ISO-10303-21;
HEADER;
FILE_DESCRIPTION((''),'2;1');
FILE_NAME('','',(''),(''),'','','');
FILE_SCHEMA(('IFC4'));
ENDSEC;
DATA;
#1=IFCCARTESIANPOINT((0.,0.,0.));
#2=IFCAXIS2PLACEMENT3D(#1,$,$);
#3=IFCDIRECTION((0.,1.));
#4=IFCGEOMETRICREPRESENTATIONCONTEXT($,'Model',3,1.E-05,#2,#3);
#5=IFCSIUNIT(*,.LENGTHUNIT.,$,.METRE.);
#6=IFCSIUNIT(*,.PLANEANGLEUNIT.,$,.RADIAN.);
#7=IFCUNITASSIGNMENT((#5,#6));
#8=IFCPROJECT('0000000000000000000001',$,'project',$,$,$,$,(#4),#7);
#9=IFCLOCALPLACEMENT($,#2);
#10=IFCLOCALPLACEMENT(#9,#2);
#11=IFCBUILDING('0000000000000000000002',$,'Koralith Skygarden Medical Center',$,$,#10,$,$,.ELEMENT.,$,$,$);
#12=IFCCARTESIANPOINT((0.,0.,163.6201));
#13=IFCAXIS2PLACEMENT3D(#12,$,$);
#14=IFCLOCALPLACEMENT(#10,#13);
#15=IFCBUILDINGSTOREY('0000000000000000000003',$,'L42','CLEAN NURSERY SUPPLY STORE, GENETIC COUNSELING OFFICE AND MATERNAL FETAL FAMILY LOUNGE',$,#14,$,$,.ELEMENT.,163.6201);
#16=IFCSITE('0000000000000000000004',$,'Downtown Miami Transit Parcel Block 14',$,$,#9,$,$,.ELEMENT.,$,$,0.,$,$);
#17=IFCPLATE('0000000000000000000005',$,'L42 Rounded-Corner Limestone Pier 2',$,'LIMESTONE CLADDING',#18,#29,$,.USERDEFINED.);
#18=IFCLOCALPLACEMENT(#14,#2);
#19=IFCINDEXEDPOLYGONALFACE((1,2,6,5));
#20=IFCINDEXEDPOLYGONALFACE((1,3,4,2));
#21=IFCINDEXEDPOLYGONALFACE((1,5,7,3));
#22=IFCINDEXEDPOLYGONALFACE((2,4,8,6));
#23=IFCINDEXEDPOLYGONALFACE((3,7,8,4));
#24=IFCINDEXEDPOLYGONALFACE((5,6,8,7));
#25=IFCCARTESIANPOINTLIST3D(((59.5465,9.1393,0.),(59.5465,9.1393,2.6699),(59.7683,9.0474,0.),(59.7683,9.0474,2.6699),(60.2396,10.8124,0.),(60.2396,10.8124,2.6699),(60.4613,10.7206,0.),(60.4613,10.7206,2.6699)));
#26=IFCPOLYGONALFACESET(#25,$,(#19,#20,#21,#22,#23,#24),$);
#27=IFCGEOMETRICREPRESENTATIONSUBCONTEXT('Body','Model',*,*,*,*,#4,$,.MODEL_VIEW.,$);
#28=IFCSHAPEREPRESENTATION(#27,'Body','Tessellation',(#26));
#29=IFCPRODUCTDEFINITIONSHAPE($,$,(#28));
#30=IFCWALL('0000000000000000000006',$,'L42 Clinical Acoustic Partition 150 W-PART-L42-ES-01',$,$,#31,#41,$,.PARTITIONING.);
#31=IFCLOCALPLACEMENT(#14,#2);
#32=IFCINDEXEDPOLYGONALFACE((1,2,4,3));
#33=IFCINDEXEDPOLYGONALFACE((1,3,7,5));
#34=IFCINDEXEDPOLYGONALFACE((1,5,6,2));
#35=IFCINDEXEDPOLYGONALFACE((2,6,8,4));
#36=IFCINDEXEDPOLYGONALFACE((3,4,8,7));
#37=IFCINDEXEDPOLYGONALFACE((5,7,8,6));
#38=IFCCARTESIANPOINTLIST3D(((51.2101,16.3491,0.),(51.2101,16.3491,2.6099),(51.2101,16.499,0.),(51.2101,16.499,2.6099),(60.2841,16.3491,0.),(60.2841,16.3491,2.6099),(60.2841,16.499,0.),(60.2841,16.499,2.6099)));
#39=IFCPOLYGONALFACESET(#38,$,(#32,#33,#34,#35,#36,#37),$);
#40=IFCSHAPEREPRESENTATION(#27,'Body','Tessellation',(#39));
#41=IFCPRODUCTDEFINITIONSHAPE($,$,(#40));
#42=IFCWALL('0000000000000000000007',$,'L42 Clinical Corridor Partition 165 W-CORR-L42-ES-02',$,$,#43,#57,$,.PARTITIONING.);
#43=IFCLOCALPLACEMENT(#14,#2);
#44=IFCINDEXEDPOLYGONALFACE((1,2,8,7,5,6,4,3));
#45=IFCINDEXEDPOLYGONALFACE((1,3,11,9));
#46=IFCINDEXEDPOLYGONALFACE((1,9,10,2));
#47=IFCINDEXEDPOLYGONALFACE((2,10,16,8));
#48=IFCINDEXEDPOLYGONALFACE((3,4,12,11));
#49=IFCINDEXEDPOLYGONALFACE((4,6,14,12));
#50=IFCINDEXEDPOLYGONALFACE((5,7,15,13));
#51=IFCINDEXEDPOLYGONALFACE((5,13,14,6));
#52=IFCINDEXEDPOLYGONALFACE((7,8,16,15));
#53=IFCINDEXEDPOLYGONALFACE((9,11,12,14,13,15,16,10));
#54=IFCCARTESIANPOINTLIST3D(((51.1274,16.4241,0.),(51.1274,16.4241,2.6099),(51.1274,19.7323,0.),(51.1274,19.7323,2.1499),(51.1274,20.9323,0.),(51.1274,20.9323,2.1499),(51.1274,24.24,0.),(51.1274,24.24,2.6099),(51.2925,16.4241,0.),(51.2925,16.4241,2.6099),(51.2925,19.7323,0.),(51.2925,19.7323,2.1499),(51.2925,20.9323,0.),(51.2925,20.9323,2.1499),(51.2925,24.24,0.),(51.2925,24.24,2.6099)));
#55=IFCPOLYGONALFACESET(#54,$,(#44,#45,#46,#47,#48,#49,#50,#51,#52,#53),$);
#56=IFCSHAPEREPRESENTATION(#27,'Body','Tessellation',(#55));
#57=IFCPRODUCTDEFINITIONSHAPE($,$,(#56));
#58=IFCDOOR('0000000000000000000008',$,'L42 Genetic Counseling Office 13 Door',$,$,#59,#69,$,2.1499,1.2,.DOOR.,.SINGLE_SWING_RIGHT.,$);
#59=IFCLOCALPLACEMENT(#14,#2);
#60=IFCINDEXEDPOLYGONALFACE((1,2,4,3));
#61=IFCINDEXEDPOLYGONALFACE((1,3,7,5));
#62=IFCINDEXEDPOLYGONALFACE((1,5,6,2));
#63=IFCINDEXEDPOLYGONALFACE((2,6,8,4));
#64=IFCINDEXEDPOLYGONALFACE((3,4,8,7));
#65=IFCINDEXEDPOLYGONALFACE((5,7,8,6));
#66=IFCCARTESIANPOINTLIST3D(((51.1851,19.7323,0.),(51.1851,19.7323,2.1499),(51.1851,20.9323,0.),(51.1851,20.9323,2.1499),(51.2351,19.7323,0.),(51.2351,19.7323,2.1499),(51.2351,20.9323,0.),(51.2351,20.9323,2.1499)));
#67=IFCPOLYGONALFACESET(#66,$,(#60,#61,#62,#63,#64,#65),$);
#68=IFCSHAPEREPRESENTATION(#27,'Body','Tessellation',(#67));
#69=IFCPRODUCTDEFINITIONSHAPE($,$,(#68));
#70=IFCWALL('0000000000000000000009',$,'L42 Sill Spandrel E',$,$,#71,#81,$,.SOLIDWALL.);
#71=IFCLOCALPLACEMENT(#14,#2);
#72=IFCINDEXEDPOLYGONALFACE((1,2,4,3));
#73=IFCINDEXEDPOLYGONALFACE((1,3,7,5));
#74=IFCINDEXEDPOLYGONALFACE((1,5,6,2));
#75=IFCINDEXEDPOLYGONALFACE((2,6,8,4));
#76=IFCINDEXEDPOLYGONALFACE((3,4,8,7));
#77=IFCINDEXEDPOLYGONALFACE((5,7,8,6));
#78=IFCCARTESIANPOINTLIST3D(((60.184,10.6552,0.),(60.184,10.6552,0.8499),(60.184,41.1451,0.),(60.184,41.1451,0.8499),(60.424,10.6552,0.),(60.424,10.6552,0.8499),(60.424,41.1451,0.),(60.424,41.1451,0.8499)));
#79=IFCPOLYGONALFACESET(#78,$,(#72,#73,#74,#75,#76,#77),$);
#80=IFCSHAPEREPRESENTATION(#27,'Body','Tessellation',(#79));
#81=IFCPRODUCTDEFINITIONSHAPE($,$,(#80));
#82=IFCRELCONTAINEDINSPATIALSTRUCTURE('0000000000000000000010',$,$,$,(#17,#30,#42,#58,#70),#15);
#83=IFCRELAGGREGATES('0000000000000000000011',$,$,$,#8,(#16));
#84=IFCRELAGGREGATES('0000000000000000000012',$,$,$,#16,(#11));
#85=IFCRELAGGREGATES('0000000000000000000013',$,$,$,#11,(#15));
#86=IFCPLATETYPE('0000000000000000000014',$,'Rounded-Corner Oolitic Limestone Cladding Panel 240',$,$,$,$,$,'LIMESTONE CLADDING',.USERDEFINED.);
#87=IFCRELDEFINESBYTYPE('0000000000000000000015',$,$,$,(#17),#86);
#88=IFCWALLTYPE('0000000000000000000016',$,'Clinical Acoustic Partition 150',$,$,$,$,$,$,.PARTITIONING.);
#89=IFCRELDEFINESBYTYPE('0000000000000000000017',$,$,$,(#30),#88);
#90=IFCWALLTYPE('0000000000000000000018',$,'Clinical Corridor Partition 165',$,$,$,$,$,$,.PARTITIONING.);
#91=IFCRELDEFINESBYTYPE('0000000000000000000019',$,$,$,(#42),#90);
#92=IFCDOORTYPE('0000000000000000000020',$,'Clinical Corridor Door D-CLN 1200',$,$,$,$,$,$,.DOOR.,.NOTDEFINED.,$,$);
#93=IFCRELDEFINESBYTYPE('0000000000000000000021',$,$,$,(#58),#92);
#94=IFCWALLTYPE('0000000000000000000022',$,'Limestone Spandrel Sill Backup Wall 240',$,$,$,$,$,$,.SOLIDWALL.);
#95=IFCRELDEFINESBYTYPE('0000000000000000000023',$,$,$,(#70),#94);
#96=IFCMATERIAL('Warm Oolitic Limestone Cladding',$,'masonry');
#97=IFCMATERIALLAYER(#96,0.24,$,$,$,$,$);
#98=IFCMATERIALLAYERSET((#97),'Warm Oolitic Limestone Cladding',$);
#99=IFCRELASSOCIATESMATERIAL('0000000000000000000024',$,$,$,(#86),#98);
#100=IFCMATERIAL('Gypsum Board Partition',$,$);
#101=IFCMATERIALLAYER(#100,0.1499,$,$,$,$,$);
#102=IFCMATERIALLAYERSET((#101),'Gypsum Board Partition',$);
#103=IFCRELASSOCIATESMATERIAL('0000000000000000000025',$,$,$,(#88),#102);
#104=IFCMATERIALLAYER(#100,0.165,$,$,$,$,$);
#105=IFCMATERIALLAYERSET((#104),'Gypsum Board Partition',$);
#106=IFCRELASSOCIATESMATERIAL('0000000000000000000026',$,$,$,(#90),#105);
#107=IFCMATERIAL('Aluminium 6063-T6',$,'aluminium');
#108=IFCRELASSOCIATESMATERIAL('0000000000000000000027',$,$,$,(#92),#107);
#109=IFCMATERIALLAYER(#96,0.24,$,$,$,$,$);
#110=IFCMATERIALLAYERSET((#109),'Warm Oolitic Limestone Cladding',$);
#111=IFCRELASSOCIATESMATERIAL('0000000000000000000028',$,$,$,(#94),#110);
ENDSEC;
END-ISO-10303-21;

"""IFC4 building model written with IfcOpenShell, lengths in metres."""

from ifc_helpers import new_model, si_unit, direction, frame, frame_2d, origin, origin_2d, place, context, subcontext, project, spatial, rectangle, extrude, material, layer, layer_set, type_object, element, fill, save


model = new_model("IFC4")

# Units and contexts
model_context = context("Model", 3, precision=1e-05, world=origin(), true_north=direction((0.0, 1.0)))
body_context = subcontext(model_context, "Body", "Model", "MODEL_VIEW")
ifc_project = project(units=[si_unit("LENGTHUNIT", "METRE"), si_unit("PLANEANGLEUNIT", "RADIAN")], contexts=[model_context])

# Site, building, storey
site_placement = place(None, origin())
site = spatial("IfcSite", under=ifc_project, at=site_placement, Name="Downtown Miami Transit Parcel Block 14", CompositionType="ELEMENT", RefElevation=0.0)
building_placement = place(site_placement, origin())
building = spatial("IfcBuilding", under=site, at=building_placement, Name="Koralith Skygarden Medical Center", CompositionType="ELEMENT")
storey_placement = place(building_placement, frame((0.0, 0.0, 163.6201)))
storey = spatial("IfcBuildingStorey", under=building, at=storey_placement, Name="L42", Description="CLEAN NURSERY SUPPLY STORE, GENETIC COUNSELING OFFICE AND MATERNAL FETAL FAMILY LOUNGE", CompositionType="ELEMENT", Elevation=163.6201)

# Shared definitions
ifc_material_1 = material(Name="Aluminium 6063-T6", Category="aluminium")

# Plate
ifc_material_2 = material(Name="Warm Oolitic Limestone Cladding", Category="masonry")
ifc_layer_1 = layer(ifc_material_2, 0.24)
ifc_layer_set_1 = layer_set([ifc_layer_1], Name="Warm Oolitic Limestone Cladding")
plate_type_1 = type_object("IfcPlateType", Name="Rounded-Corner Oolitic Limestone Cladding Panel 240", ElementType="LIMESTONE CLADDING", PredefinedType="USERDEFINED", material=ifc_layer_set_1)
plate_1_placement = place(storey_placement, frame((60.0039, 9.9299, 0.0), z_axis=(0.0, 0.0, 1.0), x_axis=(0.382671, 0.923885, 0.0)))
element("IfcPlate", 1, at=plate_1_placement, inside=storey, type_object=plate_type_1, Name="L42 Rounded-Corner Limestone Pier 2", ObjectType="LIMESTONE CLADDING", PredefinedType="USERDEFINED", context=body_context, shape_type="SweptSolid", body=[
    extrude(rectangle(XDim=1.811, YDim=0.24, at=origin_2d()), origin(), (0.0, 0.0, 1.0), 2.6699),
])

# Wall
ifc_material_3 = material(Name="Gypsum Board Partition")
ifc_layer_2 = layer(ifc_material_3, 0.1499)
ifc_layer_set_2 = layer_set([ifc_layer_2], Name="Gypsum Board Partition")
wall_type_1 = type_object("IfcWallType", Name="Clinical Acoustic Partition 150", PredefinedType="PARTITIONING", material=ifc_layer_set_2)
wall_1_placement = place(storey_placement, frame((51.21, 16.4241, 0.0), z_axis=(0.0, 0.0, 1.0), x_axis=(1.0, 0.0, 0.0)))
element("IfcWall", 2, at=wall_1_placement, inside=storey, type_object=wall_type_1, Name="L42 Clinical Acoustic Partition 150 W-PART-L42-ES-01", PredefinedType="PARTITIONING", context=body_context, shape_type="SweptSolid", body=[
    extrude(rectangle(XDim=9.074, YDim=0.1499, at=frame_2d((4.5371, 0.0))), origin(), (0.0, 0.0, 1.0), 2.6099),
])

# Wall, opening, door
ifc_layer_3 = layer(ifc_material_3, 0.165)
ifc_layer_set_3 = layer_set([ifc_layer_3], Name="Gypsum Board Partition")
wall_type_2 = type_object("IfcWallType", Name="Clinical Corridor Partition 165", PredefinedType="PARTITIONING", material=ifc_layer_set_3)
wall_2_placement = place(storey_placement, frame((51.21, 16.4241, 0.0), z_axis=(0.0, 0.0, 1.0), x_axis=(0.0, 1.0, 0.0)))
wall_2 = element("IfcWall", 3, at=wall_2_placement, inside=storey, type_object=wall_type_2, Name="L42 Clinical Corridor Partition 165 W-CORR-L42-ES-02", PredefinedType="PARTITIONING", context=body_context, shape_type="SweptSolid", body=[
    extrude(rectangle(XDim=7.8159, YDim=0.165, at=frame_2d((3.908, 0.0))), origin(), (0.0, 0.0, 1.0), 2.6099),
])
opening_1_placement = place(wall_2_placement, frame((3.3081, 0.0, 0.0)))
opening_1 = element("IfcOpeningElement", 4, at=opening_1_placement, cuts=wall_2, PredefinedType="OPENING", context=body_context, shape_type="SweptSolid", body=[
    extrude(rectangle(XDim=1.2, YDim=2.1499, at=frame_2d((0.6001, 1.075))), frame((0.0, 0.0925, 0.0), z_axis=(0.0, -1.0, 0.0), x_axis=(1.0, 0.0, 0.0)), (0.0, 0.0, 1.0), 0.1851),
])
door_type_1 = type_object("IfcDoorType", Name="Clinical Corridor Door D-CLN 1200", OperationType="NOTDEFINED", PredefinedType="DOOR", material=ifc_material_1)
door_1_placement = place(opening_1_placement, origin())
door_1 = element("IfcDoor", 5, at=door_1_placement, inside=storey, type_object=door_type_1, Name="L42 Genetic Counseling Office 13 Door", OperationType="SINGLE_SWING_RIGHT", OverallHeight=2.1499, OverallWidth=1.2, PredefinedType="DOOR", context=body_context, shape_type="SweptSolid", body=[
    extrude(rectangle(XDim=1.2, YDim=2.1499, at=frame_2d((0.6001, 1.075))), frame((0.0, 0.0249, 0.0), z_axis=(0.0, -1.0, 0.0), x_axis=(1.0, 0.0, 0.0)), (0.0, 0.0, 1.0), 0.05),
])
fill(opening_1, door_1)

# Wall
ifc_layer_4 = layer(ifc_material_2, 0.24)
ifc_layer_set_4 = layer_set([ifc_layer_4], Name="Warm Oolitic Limestone Cladding")
wall_type_3 = type_object("IfcWallType", Name="Limestone Spandrel Sill Backup Wall 240", PredefinedType="SOLIDWALL", material=ifc_layer_set_4)
wall_3_placement = place(storey_placement, frame((60.304, 10.655, 0.0), z_axis=(0.0, 0.0, 1.0), x_axis=(0.0, 1.0, 0.0)))
element("IfcWall", 6, at=wall_3_placement, inside=storey, type_object=wall_type_3, Name="L42 Sill Spandrel E", PredefinedType="SOLIDWALL", context=body_context, shape_type="SweptSolid", body=[
    extrude(rectangle(XDim=30.49, YDim=0.24, at=frame_2d((15.2451, 0.0))), origin(), (0.0, 0.0, 1.0), 0.8499),
])

save(model, "model.ifc")
